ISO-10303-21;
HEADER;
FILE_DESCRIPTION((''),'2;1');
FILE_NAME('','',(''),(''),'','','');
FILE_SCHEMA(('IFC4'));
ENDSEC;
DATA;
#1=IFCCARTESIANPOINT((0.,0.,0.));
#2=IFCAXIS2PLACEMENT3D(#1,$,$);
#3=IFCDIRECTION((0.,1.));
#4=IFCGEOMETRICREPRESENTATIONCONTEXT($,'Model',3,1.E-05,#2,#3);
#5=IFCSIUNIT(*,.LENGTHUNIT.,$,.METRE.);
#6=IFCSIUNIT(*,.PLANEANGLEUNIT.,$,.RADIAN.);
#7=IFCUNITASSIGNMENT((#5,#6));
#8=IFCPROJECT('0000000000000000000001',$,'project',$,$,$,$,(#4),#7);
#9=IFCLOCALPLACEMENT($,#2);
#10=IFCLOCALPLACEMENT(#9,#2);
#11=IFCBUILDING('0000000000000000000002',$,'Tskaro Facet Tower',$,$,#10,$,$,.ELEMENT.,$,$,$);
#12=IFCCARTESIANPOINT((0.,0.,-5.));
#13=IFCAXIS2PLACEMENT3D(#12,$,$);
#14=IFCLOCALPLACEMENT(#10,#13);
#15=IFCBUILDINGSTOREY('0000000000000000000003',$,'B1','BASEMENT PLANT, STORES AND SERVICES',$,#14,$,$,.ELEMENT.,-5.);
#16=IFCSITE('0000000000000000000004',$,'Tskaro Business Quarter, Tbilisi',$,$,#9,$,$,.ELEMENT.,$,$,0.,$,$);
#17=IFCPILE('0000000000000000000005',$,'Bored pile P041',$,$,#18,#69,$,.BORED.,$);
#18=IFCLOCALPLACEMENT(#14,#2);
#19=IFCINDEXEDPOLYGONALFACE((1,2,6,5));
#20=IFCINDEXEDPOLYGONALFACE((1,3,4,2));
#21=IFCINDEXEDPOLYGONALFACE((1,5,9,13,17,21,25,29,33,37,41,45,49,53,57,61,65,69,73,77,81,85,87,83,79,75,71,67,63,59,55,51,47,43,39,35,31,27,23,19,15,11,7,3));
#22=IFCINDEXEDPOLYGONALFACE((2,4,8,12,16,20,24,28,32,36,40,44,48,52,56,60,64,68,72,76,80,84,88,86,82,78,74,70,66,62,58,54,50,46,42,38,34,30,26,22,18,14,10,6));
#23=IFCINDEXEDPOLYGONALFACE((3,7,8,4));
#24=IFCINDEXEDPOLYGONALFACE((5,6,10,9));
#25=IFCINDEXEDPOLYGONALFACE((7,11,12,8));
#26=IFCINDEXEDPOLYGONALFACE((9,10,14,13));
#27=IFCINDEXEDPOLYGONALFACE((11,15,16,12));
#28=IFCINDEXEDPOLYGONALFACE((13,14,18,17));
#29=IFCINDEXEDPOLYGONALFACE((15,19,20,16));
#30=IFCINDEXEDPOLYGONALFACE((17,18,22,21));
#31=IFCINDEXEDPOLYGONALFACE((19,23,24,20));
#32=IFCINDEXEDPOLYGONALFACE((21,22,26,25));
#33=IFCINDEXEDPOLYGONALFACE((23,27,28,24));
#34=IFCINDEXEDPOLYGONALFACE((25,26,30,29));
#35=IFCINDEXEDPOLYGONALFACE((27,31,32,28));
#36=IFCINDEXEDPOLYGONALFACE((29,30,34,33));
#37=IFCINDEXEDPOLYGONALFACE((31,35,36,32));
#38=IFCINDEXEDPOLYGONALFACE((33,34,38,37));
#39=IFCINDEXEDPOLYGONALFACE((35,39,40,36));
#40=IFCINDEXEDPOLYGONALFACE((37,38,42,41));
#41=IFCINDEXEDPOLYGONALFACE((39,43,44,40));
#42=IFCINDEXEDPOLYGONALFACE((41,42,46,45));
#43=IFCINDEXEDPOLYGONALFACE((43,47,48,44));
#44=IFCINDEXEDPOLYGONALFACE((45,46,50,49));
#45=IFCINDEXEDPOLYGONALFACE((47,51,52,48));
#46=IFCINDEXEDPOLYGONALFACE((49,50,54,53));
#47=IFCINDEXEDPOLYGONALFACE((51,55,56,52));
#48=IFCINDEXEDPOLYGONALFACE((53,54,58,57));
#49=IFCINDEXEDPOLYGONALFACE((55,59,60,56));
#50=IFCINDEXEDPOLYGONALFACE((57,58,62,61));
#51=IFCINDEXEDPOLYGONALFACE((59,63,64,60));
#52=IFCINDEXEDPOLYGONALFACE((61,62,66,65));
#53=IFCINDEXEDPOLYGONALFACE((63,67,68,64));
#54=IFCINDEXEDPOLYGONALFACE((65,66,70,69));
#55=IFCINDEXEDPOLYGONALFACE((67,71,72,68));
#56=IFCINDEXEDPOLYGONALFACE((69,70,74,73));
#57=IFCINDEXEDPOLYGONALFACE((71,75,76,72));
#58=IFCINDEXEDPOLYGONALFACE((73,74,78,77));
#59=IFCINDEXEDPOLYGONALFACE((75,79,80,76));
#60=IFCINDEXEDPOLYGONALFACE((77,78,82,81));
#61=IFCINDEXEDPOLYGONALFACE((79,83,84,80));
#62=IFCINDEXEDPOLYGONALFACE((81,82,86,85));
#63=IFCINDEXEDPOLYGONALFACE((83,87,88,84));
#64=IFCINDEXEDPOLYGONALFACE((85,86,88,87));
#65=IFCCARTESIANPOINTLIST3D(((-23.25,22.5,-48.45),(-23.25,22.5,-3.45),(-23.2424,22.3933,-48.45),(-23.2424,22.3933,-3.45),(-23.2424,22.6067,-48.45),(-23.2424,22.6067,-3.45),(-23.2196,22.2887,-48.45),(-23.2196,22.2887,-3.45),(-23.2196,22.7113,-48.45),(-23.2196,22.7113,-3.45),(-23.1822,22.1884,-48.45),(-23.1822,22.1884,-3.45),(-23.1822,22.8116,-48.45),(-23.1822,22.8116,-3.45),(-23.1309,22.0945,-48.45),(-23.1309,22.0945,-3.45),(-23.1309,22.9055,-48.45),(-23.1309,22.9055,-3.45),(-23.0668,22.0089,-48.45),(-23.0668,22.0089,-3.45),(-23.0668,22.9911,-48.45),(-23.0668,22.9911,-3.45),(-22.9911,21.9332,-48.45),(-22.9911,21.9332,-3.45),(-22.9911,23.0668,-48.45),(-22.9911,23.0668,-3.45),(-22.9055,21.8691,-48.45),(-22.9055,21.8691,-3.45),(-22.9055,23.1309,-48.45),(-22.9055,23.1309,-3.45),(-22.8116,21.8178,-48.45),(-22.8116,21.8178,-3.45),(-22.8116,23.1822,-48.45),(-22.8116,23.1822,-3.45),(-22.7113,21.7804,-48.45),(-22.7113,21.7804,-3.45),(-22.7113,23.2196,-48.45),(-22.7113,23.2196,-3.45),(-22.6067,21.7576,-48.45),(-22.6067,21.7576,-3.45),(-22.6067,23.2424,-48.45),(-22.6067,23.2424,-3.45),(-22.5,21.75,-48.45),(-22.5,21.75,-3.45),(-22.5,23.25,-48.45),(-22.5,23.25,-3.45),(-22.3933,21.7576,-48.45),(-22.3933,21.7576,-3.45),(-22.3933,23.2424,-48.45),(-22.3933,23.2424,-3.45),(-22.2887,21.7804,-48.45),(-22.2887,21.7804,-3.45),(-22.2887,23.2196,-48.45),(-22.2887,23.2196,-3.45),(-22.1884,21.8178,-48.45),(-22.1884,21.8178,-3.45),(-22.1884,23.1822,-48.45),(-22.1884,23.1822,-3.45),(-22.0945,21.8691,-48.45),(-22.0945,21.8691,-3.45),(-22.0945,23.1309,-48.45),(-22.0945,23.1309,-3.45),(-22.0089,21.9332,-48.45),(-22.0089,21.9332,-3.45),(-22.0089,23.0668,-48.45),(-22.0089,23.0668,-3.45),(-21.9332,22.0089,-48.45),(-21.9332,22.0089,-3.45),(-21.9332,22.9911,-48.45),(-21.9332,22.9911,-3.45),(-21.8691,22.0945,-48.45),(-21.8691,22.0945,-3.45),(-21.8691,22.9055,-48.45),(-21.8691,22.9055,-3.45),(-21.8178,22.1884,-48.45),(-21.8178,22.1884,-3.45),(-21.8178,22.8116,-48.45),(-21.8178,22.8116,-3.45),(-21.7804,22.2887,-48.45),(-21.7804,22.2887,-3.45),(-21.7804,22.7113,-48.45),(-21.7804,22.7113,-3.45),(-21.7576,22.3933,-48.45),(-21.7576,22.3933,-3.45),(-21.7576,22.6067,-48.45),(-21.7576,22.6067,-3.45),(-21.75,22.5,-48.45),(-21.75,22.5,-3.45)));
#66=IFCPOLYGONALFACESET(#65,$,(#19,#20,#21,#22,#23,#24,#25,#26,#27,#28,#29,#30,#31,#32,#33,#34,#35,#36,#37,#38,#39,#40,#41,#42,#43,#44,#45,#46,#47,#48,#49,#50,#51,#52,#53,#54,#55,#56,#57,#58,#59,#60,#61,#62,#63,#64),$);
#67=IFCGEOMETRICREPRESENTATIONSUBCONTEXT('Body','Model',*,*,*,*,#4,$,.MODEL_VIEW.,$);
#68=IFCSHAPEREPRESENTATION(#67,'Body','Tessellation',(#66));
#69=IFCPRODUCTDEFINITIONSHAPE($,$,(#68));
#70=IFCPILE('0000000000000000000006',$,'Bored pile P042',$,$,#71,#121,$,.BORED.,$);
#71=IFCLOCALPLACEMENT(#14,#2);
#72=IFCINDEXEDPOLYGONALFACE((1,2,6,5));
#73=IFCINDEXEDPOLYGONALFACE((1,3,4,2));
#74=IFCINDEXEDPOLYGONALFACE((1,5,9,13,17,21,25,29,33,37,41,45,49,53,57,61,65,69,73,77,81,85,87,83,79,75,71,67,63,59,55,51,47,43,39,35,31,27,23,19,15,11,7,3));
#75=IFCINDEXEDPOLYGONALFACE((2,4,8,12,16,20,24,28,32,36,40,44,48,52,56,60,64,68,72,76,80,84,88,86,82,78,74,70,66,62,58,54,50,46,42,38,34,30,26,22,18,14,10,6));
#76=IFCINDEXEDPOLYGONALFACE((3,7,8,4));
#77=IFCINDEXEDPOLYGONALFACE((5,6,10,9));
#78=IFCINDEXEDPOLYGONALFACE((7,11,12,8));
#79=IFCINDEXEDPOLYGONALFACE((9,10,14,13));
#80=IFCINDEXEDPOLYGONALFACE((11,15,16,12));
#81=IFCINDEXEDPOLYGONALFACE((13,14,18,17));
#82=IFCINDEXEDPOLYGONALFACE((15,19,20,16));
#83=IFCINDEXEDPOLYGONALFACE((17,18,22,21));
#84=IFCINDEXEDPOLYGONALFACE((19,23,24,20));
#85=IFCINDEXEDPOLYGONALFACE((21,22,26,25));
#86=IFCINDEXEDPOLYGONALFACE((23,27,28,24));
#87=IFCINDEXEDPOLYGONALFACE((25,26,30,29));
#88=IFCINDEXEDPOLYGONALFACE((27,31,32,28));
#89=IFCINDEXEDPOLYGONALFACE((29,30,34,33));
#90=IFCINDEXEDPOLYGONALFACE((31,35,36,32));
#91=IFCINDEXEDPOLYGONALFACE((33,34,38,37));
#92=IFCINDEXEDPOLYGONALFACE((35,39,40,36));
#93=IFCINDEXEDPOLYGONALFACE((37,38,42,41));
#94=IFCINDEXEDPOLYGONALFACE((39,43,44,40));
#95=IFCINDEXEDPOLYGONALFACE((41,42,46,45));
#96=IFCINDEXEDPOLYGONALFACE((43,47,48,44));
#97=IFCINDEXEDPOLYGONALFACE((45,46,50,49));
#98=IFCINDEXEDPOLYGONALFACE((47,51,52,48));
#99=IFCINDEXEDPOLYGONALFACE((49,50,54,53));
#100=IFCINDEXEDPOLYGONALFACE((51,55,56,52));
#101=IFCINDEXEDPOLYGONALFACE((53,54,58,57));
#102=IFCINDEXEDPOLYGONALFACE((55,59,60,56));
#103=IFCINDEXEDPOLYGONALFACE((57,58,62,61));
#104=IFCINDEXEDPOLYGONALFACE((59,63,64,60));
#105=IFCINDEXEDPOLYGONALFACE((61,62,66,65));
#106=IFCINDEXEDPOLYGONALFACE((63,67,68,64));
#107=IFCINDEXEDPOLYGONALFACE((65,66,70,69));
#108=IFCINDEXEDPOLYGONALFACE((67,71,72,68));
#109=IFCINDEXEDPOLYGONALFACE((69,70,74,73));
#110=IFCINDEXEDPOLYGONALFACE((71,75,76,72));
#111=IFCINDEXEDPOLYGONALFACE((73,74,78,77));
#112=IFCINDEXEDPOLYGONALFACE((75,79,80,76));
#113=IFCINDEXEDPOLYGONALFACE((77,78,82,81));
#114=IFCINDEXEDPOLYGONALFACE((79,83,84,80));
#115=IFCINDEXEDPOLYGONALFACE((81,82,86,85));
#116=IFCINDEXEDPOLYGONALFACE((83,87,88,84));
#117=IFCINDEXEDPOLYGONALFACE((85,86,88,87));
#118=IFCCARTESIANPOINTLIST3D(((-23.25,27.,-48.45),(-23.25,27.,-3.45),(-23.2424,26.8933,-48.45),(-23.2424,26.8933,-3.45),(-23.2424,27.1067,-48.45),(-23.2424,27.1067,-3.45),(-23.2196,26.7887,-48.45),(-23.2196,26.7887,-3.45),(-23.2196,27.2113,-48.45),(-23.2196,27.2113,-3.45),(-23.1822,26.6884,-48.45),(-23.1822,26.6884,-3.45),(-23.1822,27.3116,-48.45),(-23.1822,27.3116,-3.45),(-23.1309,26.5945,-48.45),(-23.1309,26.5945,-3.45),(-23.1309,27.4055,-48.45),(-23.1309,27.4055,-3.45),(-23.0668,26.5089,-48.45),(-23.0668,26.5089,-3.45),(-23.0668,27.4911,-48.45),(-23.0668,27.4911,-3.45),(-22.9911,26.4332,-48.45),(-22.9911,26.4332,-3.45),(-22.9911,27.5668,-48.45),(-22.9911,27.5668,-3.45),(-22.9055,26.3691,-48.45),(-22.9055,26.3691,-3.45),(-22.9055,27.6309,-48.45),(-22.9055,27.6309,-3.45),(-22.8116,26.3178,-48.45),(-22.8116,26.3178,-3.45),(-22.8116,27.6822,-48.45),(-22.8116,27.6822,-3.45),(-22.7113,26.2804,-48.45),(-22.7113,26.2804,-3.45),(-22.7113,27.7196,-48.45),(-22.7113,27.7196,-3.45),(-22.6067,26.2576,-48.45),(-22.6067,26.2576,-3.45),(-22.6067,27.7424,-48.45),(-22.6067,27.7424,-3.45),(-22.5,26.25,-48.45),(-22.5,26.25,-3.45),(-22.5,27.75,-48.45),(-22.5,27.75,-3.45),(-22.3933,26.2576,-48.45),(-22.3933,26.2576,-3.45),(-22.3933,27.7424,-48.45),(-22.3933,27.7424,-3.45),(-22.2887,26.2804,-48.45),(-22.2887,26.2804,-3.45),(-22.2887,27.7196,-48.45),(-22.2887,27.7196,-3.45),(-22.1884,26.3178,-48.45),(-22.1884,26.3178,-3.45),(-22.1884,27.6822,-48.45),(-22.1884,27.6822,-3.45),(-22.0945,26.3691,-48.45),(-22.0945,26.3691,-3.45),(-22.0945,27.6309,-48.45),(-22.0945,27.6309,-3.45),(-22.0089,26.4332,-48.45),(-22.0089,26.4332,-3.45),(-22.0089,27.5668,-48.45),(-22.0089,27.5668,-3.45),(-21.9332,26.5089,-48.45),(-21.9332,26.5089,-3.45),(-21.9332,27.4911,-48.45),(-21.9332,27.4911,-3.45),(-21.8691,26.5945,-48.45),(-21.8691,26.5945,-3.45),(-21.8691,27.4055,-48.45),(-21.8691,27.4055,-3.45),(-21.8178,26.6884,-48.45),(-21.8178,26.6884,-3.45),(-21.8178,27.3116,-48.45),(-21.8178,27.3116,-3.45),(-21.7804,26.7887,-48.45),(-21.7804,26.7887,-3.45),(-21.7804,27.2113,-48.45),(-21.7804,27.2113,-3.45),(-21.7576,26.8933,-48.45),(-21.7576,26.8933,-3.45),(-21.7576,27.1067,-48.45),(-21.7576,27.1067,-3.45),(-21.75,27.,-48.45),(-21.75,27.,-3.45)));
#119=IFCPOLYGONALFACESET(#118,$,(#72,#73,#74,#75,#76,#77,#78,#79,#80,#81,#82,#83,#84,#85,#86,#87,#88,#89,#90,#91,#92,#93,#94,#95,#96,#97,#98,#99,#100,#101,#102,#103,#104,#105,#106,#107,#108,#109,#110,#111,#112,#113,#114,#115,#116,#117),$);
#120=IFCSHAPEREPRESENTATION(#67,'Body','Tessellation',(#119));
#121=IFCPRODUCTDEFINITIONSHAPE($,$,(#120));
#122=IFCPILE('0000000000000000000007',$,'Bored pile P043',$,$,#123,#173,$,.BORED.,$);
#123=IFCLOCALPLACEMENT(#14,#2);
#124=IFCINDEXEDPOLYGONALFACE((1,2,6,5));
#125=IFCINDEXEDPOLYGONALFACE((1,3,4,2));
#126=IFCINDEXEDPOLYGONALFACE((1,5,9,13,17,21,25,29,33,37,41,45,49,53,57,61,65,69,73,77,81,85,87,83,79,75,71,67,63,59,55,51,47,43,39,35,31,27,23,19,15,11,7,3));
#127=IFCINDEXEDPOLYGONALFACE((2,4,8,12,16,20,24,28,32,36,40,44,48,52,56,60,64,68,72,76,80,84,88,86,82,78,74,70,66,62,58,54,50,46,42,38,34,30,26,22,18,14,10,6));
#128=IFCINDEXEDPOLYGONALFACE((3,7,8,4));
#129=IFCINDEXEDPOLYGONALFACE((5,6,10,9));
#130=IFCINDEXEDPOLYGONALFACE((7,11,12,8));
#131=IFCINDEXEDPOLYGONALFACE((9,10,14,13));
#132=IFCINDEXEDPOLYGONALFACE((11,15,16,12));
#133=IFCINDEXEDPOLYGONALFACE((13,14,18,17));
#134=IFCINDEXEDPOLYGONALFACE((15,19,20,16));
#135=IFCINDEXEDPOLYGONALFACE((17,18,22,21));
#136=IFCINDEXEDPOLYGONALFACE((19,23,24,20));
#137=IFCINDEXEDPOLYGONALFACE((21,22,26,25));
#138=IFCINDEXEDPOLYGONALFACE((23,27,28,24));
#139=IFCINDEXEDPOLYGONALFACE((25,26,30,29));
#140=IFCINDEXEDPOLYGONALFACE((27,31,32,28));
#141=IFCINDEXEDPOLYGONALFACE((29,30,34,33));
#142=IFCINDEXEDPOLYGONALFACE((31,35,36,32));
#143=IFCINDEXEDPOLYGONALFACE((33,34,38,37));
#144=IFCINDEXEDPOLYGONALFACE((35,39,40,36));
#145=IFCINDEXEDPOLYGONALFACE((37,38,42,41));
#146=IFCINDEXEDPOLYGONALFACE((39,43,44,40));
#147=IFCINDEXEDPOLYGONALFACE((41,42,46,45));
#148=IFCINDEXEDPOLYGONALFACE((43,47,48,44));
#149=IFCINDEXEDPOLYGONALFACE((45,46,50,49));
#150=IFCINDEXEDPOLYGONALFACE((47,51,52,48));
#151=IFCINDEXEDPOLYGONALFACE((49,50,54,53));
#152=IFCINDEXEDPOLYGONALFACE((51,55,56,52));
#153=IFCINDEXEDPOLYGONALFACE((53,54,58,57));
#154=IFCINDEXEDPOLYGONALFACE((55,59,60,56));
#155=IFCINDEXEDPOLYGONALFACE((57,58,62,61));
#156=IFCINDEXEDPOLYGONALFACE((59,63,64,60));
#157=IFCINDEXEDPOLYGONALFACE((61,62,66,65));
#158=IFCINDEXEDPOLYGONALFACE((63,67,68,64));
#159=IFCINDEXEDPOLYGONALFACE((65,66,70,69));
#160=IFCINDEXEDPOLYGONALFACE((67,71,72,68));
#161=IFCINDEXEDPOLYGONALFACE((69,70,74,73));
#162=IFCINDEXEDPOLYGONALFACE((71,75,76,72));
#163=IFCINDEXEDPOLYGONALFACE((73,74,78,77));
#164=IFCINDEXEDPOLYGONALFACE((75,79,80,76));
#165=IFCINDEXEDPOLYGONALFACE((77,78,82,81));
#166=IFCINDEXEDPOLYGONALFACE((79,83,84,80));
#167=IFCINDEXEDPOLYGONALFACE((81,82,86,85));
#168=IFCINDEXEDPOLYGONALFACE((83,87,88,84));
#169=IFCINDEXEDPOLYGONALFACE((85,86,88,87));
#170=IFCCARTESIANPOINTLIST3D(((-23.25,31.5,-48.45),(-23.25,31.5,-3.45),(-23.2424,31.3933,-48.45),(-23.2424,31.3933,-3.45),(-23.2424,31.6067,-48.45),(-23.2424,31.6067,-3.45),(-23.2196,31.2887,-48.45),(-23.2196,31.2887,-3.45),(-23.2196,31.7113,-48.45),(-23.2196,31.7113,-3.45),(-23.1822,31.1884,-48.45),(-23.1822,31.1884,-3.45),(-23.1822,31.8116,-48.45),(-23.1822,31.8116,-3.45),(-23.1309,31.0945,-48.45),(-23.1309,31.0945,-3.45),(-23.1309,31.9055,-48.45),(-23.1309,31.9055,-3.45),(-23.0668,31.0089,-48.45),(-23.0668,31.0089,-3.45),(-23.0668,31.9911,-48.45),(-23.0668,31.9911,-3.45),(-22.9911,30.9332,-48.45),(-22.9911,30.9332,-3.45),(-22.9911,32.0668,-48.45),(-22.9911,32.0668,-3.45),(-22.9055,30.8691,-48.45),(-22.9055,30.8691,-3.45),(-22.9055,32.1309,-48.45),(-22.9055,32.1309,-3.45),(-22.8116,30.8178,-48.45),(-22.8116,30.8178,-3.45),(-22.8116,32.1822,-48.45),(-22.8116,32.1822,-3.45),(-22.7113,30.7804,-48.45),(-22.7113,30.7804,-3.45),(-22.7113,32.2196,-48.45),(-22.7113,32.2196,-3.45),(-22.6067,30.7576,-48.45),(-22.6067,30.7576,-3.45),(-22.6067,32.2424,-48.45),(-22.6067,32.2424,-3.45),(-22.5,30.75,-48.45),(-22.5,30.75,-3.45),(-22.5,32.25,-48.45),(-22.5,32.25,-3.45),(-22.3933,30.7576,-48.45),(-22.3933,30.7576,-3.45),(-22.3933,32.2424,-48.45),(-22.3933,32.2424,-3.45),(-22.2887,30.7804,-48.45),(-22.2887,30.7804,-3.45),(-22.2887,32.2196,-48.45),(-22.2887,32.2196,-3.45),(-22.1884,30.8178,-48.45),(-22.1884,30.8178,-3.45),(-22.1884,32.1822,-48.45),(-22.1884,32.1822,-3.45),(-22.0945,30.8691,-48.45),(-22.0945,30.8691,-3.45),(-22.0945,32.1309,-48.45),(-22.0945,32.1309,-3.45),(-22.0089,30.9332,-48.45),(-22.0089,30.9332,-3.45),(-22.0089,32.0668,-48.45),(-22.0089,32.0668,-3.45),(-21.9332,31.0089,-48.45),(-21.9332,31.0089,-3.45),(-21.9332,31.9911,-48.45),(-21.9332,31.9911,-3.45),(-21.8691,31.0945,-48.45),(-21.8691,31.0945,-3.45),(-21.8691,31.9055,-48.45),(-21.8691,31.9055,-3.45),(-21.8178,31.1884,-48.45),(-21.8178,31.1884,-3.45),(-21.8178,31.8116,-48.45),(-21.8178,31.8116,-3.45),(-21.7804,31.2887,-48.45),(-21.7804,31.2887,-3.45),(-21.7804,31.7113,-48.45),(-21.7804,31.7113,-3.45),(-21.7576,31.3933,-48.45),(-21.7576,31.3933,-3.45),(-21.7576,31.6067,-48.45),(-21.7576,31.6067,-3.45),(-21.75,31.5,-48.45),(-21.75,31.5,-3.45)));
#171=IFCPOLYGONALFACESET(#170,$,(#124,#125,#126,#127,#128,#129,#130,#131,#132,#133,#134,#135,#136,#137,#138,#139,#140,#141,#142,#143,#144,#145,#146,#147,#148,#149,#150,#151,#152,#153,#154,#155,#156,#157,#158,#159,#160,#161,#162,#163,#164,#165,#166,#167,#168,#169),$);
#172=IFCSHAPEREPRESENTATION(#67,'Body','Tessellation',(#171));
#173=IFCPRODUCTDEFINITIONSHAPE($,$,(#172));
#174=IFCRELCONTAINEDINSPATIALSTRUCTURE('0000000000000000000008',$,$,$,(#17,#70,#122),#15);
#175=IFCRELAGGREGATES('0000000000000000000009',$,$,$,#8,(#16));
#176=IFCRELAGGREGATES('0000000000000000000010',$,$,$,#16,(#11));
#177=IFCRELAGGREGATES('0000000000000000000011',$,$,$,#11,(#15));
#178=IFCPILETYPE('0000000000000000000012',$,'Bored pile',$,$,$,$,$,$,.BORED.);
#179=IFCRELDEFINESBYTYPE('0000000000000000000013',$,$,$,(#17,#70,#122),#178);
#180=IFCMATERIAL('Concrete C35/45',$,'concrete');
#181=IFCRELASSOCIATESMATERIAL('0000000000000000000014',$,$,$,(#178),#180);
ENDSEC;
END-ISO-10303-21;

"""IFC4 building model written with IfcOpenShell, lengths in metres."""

from ifc_helpers import new_model, si_unit, direction, frame, origin, origin_2d, place, context, subcontext, project, spatial, circle, extrude, material, material_profile, profile_set, type_object, element, save


model = new_model("IFC4")

# Units and contexts
model_context = context("Model", 3, precision=1e-05, world=origin(), true_north=direction((0.0, 1.0)))
body_context = subcontext(model_context, "Body", "Model", "MODEL_VIEW")
ifc_project = project(units=[si_unit("LENGTHUNIT", "METRE"), si_unit("PLANEANGLEUNIT", "RADIAN")], contexts=[model_context])

# Site, building, storey
site_placement = place(None, origin())
site = spatial("IfcSite", under=ifc_project, at=site_placement, Name="Tskaro Business Quarter, Tbilisi", CompositionType="ELEMENT", RefElevation=0.0)
building_placement = place(site_placement, origin())
building = spatial("IfcBuilding", under=site, at=building_placement, Name="Tskaro Facet Tower", CompositionType="ELEMENT")
storey_placement = place(building_placement, frame((0.0, 0.0, -5.0)))
storey = spatial("IfcBuildingStorey", under=building, at=storey_placement, Name="B1", Description="BASEMENT PLANT, STORES AND SERVICES", CompositionType="ELEMENT", Elevation=-5.0)

# Piles
ifc_material_1 = material(Name="Concrete C35/45", Category="concrete")
ifc_material_profile_1 = material_profile(ifc_material_1, circle(Radius=0.75, at=origin_2d()), Name="Bored pile")
ifc_profile_set_1 = profile_set([ifc_material_profile_1], Name="Concrete C35/45")
pile_type = type_object("IfcPileType", Name="Bored pile", PredefinedType="BORED", material=ifc_profile_set_1)
for number, where, z_axis, x_axis, name in (
    (1, (-22.5, 22.5, -3.45), (0.0, 0.0, -1.0), (1.0, 0.0, 0.0), "Bored pile P041"),
    (2, (-22.5, 27.0, -3.45), (0.0, 0.0, -1.0), (1.0, 0.0, 0.0), "Bored pile P042"),
    (3, (-22.5, 31.5, -3.45), (0.0, 0.0, -1.0), (1.0, 0.0, 0.0), "Bored pile P043"),
):
    element("IfcPile", number, at=place(storey_placement, frame(where, z_axis=z_axis, x_axis=x_axis)), inside=storey, type_object=pile_type, Name=name, PredefinedType="BORED", context=body_context, shape_type="SweptSolid", body=[
        extrude(circle(Radius=0.75, at=origin_2d()), origin(), (0.0, 0.0, 1.0), 45.0),
    ])

save(model, "model.ifc")
